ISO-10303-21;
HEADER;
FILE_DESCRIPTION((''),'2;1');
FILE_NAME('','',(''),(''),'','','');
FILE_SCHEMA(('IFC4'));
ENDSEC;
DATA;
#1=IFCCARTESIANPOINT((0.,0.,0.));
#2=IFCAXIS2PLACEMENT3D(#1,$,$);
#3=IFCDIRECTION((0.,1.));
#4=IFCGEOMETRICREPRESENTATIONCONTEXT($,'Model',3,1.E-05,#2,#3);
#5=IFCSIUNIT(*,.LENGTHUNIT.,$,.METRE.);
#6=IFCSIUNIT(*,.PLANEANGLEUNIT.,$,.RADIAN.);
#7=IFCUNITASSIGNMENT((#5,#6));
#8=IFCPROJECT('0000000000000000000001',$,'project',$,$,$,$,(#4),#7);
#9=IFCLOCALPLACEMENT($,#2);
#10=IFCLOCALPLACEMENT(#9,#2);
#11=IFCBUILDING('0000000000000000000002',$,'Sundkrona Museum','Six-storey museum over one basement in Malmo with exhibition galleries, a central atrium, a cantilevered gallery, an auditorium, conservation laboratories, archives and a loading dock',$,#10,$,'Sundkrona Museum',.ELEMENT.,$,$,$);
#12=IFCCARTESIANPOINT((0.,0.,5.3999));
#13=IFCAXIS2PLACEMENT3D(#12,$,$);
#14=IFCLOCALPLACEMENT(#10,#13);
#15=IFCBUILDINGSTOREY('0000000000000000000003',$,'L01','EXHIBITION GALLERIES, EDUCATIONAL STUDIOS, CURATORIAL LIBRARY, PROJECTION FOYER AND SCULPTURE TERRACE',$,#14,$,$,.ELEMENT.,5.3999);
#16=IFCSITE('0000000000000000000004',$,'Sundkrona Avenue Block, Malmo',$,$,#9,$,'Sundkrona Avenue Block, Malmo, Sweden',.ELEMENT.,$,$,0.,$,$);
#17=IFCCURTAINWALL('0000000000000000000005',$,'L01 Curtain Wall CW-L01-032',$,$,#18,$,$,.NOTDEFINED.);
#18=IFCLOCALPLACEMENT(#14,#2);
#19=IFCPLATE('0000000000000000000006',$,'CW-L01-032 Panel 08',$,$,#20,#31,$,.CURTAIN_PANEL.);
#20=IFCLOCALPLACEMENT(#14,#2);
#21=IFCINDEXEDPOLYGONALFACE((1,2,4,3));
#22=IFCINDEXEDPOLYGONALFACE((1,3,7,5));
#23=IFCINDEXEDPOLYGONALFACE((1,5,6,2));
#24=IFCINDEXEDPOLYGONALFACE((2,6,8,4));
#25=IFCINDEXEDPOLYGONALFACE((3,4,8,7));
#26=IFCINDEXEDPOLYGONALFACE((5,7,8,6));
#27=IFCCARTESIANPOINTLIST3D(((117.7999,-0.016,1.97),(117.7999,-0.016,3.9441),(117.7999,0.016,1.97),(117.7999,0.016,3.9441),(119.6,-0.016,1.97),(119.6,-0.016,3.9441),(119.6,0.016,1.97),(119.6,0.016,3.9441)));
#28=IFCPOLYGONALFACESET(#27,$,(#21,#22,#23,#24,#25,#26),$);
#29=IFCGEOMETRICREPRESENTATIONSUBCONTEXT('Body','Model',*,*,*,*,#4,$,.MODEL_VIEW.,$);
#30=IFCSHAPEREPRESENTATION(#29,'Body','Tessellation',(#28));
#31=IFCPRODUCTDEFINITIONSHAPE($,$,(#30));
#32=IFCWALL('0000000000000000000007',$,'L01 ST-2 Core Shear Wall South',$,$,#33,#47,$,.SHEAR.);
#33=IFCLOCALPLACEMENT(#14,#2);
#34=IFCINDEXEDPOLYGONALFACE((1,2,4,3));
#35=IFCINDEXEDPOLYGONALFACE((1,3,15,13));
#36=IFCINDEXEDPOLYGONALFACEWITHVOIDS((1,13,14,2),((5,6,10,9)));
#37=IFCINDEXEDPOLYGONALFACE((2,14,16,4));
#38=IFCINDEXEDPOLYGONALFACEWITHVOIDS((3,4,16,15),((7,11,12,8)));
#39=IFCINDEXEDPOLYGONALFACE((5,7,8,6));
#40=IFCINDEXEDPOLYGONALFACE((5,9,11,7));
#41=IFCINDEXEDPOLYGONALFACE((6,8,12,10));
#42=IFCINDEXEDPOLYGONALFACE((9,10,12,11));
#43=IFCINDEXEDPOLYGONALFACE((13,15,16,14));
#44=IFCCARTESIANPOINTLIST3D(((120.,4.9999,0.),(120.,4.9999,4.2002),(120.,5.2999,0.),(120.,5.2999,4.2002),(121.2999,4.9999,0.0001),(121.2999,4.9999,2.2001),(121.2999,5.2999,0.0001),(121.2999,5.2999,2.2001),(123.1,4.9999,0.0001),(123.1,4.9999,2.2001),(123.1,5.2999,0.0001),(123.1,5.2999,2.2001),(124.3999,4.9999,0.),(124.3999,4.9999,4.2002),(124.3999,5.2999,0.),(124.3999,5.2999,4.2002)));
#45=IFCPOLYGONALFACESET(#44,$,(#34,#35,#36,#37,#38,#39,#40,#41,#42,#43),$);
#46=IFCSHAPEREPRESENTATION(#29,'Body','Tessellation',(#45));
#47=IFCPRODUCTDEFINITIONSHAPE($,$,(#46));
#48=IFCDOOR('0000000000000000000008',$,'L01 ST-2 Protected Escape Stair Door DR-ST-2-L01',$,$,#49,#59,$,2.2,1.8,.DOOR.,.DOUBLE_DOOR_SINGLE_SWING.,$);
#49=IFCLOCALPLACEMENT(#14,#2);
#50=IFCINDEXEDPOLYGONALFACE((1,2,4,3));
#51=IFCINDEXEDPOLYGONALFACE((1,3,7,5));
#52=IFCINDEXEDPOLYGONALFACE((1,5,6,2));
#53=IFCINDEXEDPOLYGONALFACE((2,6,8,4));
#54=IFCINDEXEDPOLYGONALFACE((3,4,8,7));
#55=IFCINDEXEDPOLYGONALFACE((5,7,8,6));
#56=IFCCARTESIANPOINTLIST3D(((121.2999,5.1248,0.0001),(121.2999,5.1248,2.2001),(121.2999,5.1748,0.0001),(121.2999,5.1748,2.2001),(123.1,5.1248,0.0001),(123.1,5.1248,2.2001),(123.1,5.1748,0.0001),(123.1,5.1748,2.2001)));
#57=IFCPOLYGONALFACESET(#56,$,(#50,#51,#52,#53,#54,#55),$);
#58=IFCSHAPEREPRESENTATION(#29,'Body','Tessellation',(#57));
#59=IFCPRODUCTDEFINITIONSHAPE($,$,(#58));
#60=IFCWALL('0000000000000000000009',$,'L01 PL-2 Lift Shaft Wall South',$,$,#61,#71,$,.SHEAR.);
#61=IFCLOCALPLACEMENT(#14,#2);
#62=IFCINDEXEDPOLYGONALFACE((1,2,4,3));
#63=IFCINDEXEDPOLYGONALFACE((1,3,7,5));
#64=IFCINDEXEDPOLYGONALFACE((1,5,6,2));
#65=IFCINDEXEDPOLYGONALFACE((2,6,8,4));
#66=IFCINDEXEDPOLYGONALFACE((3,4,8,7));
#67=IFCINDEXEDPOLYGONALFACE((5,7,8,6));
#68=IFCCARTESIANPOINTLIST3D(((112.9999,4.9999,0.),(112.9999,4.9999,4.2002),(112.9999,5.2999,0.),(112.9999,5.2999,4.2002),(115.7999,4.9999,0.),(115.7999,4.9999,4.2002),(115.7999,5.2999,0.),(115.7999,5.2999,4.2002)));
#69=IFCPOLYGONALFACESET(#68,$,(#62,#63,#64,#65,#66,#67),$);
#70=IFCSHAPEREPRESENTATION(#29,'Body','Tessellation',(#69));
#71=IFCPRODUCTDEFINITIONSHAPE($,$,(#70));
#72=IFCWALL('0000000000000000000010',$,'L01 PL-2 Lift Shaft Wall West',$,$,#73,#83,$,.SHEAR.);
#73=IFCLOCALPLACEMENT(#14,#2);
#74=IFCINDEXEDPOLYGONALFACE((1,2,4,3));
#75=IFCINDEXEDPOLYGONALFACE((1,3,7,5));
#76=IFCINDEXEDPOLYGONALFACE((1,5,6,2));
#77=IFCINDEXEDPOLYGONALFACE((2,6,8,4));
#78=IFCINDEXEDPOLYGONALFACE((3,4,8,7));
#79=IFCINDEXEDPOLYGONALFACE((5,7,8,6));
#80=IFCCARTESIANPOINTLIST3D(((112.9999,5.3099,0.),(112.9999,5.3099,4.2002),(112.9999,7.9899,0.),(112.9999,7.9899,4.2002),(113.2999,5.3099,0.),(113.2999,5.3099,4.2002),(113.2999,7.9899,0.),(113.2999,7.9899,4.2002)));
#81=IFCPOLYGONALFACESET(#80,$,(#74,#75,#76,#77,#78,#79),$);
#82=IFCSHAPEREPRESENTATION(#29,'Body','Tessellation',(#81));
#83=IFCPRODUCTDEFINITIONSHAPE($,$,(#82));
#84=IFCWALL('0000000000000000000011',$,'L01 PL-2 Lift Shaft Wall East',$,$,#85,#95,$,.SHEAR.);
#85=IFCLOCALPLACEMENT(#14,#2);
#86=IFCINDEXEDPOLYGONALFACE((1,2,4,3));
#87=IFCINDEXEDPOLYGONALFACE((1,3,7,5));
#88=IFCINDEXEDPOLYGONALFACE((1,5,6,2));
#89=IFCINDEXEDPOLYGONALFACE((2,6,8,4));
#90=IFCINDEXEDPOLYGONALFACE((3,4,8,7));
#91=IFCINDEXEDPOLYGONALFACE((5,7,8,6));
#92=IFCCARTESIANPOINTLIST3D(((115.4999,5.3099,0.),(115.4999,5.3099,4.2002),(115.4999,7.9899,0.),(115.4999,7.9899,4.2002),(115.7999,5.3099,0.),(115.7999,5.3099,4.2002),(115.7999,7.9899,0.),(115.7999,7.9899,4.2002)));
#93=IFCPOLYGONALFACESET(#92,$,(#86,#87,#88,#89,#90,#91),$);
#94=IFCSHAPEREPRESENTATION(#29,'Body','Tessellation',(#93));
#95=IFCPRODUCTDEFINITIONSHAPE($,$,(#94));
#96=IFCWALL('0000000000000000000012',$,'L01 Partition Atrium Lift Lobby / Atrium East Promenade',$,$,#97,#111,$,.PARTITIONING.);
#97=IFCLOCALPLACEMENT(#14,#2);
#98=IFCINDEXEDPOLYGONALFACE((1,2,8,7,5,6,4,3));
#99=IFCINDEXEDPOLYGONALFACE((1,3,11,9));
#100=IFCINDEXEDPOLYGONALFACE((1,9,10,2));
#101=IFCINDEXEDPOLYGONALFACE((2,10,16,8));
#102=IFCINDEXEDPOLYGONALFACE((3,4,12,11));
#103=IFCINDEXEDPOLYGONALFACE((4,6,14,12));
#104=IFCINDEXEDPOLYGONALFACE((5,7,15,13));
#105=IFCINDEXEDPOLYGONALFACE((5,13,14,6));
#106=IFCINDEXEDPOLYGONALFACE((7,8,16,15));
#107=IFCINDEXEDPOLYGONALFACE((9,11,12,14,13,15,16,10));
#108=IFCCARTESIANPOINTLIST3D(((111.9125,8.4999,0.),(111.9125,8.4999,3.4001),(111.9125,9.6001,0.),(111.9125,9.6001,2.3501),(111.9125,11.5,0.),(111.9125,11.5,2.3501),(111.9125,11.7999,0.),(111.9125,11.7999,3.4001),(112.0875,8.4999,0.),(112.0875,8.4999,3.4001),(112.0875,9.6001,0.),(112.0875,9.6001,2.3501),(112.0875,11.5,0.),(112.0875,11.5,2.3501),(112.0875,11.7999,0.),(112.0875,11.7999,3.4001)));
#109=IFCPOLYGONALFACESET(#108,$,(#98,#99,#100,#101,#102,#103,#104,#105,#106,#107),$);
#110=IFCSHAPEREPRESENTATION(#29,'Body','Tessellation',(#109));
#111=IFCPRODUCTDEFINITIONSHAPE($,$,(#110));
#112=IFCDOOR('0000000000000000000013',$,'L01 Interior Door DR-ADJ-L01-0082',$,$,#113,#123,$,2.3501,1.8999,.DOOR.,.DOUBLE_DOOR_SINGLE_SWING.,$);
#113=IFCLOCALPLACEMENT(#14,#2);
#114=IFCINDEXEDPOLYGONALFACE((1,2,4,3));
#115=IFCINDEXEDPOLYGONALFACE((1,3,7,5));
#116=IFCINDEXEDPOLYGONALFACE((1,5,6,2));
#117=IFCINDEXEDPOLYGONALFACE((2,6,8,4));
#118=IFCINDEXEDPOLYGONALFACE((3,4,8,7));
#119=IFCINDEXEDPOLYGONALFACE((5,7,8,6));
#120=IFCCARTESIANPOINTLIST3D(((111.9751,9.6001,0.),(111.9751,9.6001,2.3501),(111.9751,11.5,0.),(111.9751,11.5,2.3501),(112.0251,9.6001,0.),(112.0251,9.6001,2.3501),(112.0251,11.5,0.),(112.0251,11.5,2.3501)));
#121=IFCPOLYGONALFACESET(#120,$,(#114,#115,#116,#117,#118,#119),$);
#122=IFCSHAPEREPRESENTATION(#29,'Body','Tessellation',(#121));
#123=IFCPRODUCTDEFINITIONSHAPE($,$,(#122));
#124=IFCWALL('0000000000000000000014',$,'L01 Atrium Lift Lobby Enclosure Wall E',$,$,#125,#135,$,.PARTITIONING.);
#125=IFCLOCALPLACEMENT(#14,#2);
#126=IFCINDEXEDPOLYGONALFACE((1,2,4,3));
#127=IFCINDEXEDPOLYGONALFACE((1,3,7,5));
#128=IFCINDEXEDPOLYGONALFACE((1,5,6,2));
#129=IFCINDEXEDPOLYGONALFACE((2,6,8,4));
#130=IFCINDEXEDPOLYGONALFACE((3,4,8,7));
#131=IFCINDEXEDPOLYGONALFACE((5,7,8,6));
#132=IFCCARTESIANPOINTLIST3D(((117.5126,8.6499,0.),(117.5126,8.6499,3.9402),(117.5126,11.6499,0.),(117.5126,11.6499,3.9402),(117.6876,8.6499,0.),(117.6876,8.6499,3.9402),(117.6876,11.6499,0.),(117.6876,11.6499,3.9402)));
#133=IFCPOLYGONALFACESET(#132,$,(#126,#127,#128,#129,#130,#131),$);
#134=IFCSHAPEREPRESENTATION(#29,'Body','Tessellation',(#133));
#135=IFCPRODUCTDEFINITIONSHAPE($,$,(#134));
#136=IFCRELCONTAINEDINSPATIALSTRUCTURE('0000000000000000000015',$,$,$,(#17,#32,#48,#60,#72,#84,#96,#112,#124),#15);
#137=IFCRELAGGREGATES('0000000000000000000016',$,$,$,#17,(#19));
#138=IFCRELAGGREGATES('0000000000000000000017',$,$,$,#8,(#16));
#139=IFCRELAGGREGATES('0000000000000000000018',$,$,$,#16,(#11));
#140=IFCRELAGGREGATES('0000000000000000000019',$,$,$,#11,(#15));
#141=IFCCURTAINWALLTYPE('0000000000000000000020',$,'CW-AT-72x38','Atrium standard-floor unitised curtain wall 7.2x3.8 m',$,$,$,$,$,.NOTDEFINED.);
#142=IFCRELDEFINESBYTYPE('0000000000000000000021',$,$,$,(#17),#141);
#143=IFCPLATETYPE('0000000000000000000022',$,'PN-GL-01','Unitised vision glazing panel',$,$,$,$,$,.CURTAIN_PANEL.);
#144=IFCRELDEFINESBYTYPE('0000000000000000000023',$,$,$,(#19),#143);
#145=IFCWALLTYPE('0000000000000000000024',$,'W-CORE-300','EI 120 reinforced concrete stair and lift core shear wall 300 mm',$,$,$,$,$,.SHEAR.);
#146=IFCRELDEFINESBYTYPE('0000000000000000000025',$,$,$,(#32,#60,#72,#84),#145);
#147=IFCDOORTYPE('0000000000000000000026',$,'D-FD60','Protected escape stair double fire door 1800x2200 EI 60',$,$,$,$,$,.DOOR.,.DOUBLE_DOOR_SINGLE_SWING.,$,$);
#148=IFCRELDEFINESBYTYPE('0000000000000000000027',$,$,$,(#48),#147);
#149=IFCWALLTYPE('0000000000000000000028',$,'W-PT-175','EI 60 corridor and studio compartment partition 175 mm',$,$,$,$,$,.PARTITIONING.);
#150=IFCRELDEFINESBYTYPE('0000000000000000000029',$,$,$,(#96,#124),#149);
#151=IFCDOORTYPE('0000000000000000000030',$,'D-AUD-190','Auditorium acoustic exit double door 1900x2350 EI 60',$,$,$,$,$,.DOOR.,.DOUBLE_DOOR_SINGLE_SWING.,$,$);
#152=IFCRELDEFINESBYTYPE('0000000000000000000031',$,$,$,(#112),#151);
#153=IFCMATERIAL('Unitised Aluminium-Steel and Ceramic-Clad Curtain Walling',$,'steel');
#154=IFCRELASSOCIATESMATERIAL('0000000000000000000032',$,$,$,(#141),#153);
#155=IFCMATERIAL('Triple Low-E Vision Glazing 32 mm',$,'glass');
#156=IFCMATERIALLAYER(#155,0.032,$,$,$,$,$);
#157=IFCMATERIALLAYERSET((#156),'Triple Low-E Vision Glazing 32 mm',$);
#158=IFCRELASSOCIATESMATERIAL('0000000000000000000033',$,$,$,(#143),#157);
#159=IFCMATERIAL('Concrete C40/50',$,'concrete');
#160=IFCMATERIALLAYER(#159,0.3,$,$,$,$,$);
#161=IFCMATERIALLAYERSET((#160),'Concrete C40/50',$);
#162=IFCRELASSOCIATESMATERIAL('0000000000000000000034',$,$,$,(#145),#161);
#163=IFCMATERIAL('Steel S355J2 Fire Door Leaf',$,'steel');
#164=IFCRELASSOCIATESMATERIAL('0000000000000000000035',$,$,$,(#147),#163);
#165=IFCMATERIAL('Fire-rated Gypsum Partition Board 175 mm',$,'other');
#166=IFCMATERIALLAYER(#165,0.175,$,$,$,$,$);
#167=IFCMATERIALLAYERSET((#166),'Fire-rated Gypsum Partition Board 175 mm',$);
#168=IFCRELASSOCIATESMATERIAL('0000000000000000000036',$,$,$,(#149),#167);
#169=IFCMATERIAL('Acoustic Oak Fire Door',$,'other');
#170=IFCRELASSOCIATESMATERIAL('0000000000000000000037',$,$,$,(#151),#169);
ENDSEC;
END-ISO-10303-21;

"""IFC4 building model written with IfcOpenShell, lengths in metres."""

from ifc_helpers import new_model, si_unit, direction, frame, frame_2d, origin, origin_2d, place, context, subcontext, project, spatial, rectangle, extrude, material, layer, layer_set, type_object, element, fill, aggregate, save


model = new_model("IFC4")

# Units and contexts
model_context = context("Model", 3, precision=1e-05, world=origin(), true_north=direction((0.0, 1.0)))
body_context = subcontext(model_context, "Body", "Model", "MODEL_VIEW")
ifc_project = project(units=[si_unit("LENGTHUNIT", "METRE"), si_unit("PLANEANGLEUNIT", "RADIAN")], contexts=[model_context])

# Site, building, storey
site_placement = place(None, origin())
site = spatial("IfcSite", under=ifc_project, at=site_placement, Name="Sundkrona Avenue Block, Malmo", LongName="Sundkrona Avenue Block, Malmo, Sweden", CompositionType="ELEMENT", RefElevation=0.0)
building_placement = place(site_placement, origin())
building = spatial("IfcBuilding", under=site, at=building_placement, Name="Sundkrona Museum", Description="Six-storey museum over one basement in Malmo with exhibition galleries, a central atrium, a cantilevered gallery, an auditorium, conservation laboratories, archives and a loading dock", LongName="Sundkrona Museum", CompositionType="ELEMENT")
storey_placement = place(building_placement, frame((0.0, 0.0, 5.3999)))
storey = spatial("IfcBuildingStorey", under=building, at=storey_placement, Name="L01", Description="EXHIBITION GALLERIES, EDUCATIONAL STUDIOS, CURATORIAL LIBRARY, PROJECTION FOYER AND SCULPTURE TERRACE", CompositionType="ELEMENT", Elevation=5.3999)

# Curtain wall
ifc_material_1 = material(Name="Unitised Aluminium-Steel and Ceramic-Clad Curtain Walling", Category="steel")
curtain_wall_type = type_object("IfcCurtainWallType", Name="CW-AT-72x38", Description="Atrium standard-floor unitised curtain wall 7.2x3.8 m", PredefinedType="NOTDEFINED", material=ifc_material_1)
curtain_wall_placement = place(storey_placement, origin())
curtain_wall = element("IfcCurtainWall", 1, at=curtain_wall_placement, inside=storey, type_object=curtain_wall_type, Name="L01 Curtain Wall CW-L01-032", PredefinedType="NOTDEFINED")

# Plate
ifc_material_2 = material(Name="Triple Low-E Vision Glazing 32 mm", Category="glass")
ifc_layer_1 = layer(ifc_material_2, 0.032)
ifc_layer_set_1 = layer_set([ifc_layer_1], Name="Triple Low-E Vision Glazing 32 mm")
plate_type_1 = type_object("IfcPlateType", Name="PN-GL-01", Description="Unitised vision glazing panel", PredefinedType="CURTAIN_PANEL", material=ifc_layer_set_1)
plate_1_placement = place(storey_placement, frame((118.7, 0.0, 1.97), z_axis=(0.0, 0.0, 1.0), x_axis=(1.0, 0.0, 0.0)))
plate_1 = element("IfcPlate", 2, at=plate_1_placement, type_object=plate_type_1, Name="CW-L01-032 Panel 08", PredefinedType="CURTAIN_PANEL", context=body_context, shape_type="SweptSolid", body=[
    extrude(rectangle(XDim=1.8, YDim=0.032, at=origin_2d()), origin(), (0.0, 0.0, 1.0), 1.9741),
])
aggregate(curtain_wall, [plate_1])

# Wall, opening, door
ifc_material_3 = material(Name="Concrete C40/50", Category="concrete")
ifc_layer_2 = layer(ifc_material_3, 0.3)
ifc_layer_set_2 = layer_set([ifc_layer_2], Name="Concrete C40/50")
wall_type_1 = type_object("IfcWallType", Name="W-CORE-300", Description="EI 120 reinforced concrete stair and lift core shear wall 300 mm", PredefinedType="SHEAR", material=ifc_layer_set_2)
wall_1_placement = place(storey_placement, frame((120.0, 5.1499, 0.0), z_axis=(0.0, 0.0, 1.0), x_axis=(1.0, 0.0, 0.0)))
wall_1 = element("IfcWall", 3, at=wall_1_placement, inside=storey, type_object=wall_type_1, Name="L01 ST-2 Core Shear Wall South", PredefinedType="SHEAR", context=body_context, shape_type="SweptSolid", body=[
    extrude(rectangle(XDim=4.3999, YDim=0.3, at=frame_2d((2.2, 0.0))), origin(), (0.0, 0.0, 1.0), 4.2002),
])
opening_1_placement = place(wall_1_placement, frame((1.3, 0.0, 0.0)))
opening_1 = element("IfcOpeningElement", 4, at=opening_1_placement, cuts=wall_1, PredefinedType="OPENING", context=body_context, shape_type="SweptSolid", body=[
    extrude(rectangle(XDim=1.8, YDim=2.2, at=frame_2d((0.8999, 1.1001))), frame((0.0, 0.1599, 0.0), z_axis=(0.0, -1.0, 0.0), x_axis=(1.0, 0.0, 0.0)), (0.0, 0.0, 1.0), 0.3201),
])
ifc_material_4 = material(Name="Steel S355J2 Fire Door Leaf", Category="steel")
door_type_1 = type_object("IfcDoorType", Name="D-FD60", Description="Protected escape stair double fire door 1800x2200 EI 60", OperationType="DOUBLE_DOOR_SINGLE_SWING", PredefinedType="DOOR", material=ifc_material_4)
door_1_placement = place(opening_1_placement, origin())
door_1 = element("IfcDoor", 5, at=door_1_placement, inside=storey, type_object=door_type_1, Name="L01 ST-2 Protected Escape Stair Door DR-ST-2-L01", OperationType="DOUBLE_DOOR_SINGLE_SWING", OverallHeight=2.2, OverallWidth=1.8, PredefinedType="DOOR", context=body_context, shape_type="SweptSolid", body=[
    extrude(rectangle(XDim=1.8, YDim=2.2, at=frame_2d((0.8999, 1.1001))), frame((0.0, 0.0249, 0.0), z_axis=(0.0, -1.0, 0.0), x_axis=(1.0, 0.0, 0.0)), (0.0, 0.0, 1.0), 0.05),
])
fill(opening_1, door_1)

# Wall
wall_2_placement = place(storey_placement, frame((113.0, 5.1499, 0.0), z_axis=(0.0, 0.0, 1.0), x_axis=(1.0, 0.0, 0.0)))
element("IfcWall", 6, at=wall_2_placement, inside=storey, type_object=wall_type_1, Name="L01 PL-2 Lift Shaft Wall South", PredefinedType="SHEAR", context=body_context, shape_type="SweptSolid", body=[
    extrude(rectangle(XDim=2.8, YDim=0.3, at=frame_2d((1.3999, 0.0))), origin(), (0.0, 0.0, 1.0), 4.2002),
])

# Walls
for number, where, z_axis, x_axis, name in (
    (7, (113.1499, 5.3101, 0.0), (0.0, 0.0, 1.0), (0.0, 1.0, 0.0), "L01 PL-2 Lift Shaft Wall West"),
    (8, (115.6499, 5.3101, 0.0), (0.0, 0.0, 1.0), (0.0, 1.0, 0.0), "L01 PL-2 Lift Shaft Wall East"),
):
    element("IfcWall", number, at=place(storey_placement, frame(where, z_axis=z_axis, x_axis=x_axis)), inside=storey, type_object=wall_type_1, Name=name, PredefinedType="SHEAR", context=body_context, shape_type="SweptSolid", body=[
        extrude(rectangle(XDim=2.6799, YDim=0.3, at=frame_2d((1.3398, 0.0))), origin(), (0.0, 0.0, 1.0), 4.2002),
    ])

# Wall, opening, door
ifc_material_5 = material(Name="Fire-rated Gypsum Partition Board 175 mm", Category="other")
ifc_layer_3 = layer(ifc_material_5, 0.175)
ifc_layer_set_3 = layer_set([ifc_layer_3], Name="Fire-rated Gypsum Partition Board 175 mm")
wall_type_2 = type_object("IfcWallType", Name="W-PT-175", Description="EI 60 corridor and studio compartment partition 175 mm", PredefinedType="PARTITIONING", material=ifc_layer_set_3)
wall_3_placement = place(storey_placement, frame((112.0, 8.5, 0.0), z_axis=(0.0, 0.0, 1.0), x_axis=(0.0, 1.0, 0.0)))
wall_3 = element("IfcWall", 9, at=wall_3_placement, inside=storey, type_object=wall_type_2, Name="L01 Partition Atrium Lift Lobby / Atrium East Promenade", PredefinedType="PARTITIONING", context=body_context, shape_type="SweptSolid", body=[
    extrude(rectangle(XDim=3.3, YDim=0.175, at=frame_2d((1.6499, 0.0))), origin(), (0.0, 0.0, 1.0), 3.4001),
])
opening_2_placement = place(wall_3_placement, frame((1.1001, 0.0, 0.0)))
opening_2 = element("IfcOpeningElement", 10, at=opening_2_placement, cuts=wall_3, PredefinedType="OPENING", context=body_context, shape_type="SweptSolid", body=[
    extrude(rectangle(XDim=1.8999, YDim=2.3501, at=frame_2d((0.95, 1.175))), frame((0.0, 0.0974, 0.0), z_axis=(0.0, -1.0, 0.0), x_axis=(1.0, 0.0, 0.0)), (0.0, 0.0, 1.0), 0.1951),
])
ifc_material_6 = material(Name="Acoustic Oak Fire Door", Category="other")
door_type_2 = type_object("IfcDoorType", Name="D-AUD-190", Description="Auditorium acoustic exit double door 1900x2350 EI 60", OperationType="DOUBLE_DOOR_SINGLE_SWING", PredefinedType="DOOR", material=ifc_material_6)
door_2_placement = place(opening_2_placement, origin())
door_2 = element("IfcDoor", 11, at=door_2_placement, inside=storey, type_object=door_type_2, Name="L01 Interior Door DR-ADJ-L01-0082", OperationType="DOUBLE_DOOR_SINGLE_SWING", OverallHeight=2.3501, OverallWidth=1.8999, PredefinedType="DOOR", context=body_context, shape_type="SweptSolid", body=[
    extrude(rectangle(XDim=1.8999, YDim=2.3501, at=frame_2d((0.95, 1.175))), frame((0.0, 0.0249, 0.0), z_axis=(0.0, -1.0, 0.0), x_axis=(1.0, 0.0, 0.0)), (0.0, 0.0, 1.0), 0.05),
])
fill(opening_2, door_2)

# Wall
wall_4_placement = place(storey_placement, frame((117.6001, 8.6499, 0.0), z_axis=(0.0, 0.0, 1.0), x_axis=(0.0, 1.0, 0.0)))
element("IfcWall", 12, at=wall_4_placement, inside=storey, type_object=wall_type_2, Name="L01 Atrium Lift Lobby Enclosure Wall E", PredefinedType="PARTITIONING", context=body_context, shape_type="SweptSolid", body=[
    extrude(rectangle(XDim=3.0, YDim=0.175, at=frame_2d((1.5, 0.0))), origin(), (0.0, 0.0, 1.0), 3.9402),
])

save(model, "model.ifc")
